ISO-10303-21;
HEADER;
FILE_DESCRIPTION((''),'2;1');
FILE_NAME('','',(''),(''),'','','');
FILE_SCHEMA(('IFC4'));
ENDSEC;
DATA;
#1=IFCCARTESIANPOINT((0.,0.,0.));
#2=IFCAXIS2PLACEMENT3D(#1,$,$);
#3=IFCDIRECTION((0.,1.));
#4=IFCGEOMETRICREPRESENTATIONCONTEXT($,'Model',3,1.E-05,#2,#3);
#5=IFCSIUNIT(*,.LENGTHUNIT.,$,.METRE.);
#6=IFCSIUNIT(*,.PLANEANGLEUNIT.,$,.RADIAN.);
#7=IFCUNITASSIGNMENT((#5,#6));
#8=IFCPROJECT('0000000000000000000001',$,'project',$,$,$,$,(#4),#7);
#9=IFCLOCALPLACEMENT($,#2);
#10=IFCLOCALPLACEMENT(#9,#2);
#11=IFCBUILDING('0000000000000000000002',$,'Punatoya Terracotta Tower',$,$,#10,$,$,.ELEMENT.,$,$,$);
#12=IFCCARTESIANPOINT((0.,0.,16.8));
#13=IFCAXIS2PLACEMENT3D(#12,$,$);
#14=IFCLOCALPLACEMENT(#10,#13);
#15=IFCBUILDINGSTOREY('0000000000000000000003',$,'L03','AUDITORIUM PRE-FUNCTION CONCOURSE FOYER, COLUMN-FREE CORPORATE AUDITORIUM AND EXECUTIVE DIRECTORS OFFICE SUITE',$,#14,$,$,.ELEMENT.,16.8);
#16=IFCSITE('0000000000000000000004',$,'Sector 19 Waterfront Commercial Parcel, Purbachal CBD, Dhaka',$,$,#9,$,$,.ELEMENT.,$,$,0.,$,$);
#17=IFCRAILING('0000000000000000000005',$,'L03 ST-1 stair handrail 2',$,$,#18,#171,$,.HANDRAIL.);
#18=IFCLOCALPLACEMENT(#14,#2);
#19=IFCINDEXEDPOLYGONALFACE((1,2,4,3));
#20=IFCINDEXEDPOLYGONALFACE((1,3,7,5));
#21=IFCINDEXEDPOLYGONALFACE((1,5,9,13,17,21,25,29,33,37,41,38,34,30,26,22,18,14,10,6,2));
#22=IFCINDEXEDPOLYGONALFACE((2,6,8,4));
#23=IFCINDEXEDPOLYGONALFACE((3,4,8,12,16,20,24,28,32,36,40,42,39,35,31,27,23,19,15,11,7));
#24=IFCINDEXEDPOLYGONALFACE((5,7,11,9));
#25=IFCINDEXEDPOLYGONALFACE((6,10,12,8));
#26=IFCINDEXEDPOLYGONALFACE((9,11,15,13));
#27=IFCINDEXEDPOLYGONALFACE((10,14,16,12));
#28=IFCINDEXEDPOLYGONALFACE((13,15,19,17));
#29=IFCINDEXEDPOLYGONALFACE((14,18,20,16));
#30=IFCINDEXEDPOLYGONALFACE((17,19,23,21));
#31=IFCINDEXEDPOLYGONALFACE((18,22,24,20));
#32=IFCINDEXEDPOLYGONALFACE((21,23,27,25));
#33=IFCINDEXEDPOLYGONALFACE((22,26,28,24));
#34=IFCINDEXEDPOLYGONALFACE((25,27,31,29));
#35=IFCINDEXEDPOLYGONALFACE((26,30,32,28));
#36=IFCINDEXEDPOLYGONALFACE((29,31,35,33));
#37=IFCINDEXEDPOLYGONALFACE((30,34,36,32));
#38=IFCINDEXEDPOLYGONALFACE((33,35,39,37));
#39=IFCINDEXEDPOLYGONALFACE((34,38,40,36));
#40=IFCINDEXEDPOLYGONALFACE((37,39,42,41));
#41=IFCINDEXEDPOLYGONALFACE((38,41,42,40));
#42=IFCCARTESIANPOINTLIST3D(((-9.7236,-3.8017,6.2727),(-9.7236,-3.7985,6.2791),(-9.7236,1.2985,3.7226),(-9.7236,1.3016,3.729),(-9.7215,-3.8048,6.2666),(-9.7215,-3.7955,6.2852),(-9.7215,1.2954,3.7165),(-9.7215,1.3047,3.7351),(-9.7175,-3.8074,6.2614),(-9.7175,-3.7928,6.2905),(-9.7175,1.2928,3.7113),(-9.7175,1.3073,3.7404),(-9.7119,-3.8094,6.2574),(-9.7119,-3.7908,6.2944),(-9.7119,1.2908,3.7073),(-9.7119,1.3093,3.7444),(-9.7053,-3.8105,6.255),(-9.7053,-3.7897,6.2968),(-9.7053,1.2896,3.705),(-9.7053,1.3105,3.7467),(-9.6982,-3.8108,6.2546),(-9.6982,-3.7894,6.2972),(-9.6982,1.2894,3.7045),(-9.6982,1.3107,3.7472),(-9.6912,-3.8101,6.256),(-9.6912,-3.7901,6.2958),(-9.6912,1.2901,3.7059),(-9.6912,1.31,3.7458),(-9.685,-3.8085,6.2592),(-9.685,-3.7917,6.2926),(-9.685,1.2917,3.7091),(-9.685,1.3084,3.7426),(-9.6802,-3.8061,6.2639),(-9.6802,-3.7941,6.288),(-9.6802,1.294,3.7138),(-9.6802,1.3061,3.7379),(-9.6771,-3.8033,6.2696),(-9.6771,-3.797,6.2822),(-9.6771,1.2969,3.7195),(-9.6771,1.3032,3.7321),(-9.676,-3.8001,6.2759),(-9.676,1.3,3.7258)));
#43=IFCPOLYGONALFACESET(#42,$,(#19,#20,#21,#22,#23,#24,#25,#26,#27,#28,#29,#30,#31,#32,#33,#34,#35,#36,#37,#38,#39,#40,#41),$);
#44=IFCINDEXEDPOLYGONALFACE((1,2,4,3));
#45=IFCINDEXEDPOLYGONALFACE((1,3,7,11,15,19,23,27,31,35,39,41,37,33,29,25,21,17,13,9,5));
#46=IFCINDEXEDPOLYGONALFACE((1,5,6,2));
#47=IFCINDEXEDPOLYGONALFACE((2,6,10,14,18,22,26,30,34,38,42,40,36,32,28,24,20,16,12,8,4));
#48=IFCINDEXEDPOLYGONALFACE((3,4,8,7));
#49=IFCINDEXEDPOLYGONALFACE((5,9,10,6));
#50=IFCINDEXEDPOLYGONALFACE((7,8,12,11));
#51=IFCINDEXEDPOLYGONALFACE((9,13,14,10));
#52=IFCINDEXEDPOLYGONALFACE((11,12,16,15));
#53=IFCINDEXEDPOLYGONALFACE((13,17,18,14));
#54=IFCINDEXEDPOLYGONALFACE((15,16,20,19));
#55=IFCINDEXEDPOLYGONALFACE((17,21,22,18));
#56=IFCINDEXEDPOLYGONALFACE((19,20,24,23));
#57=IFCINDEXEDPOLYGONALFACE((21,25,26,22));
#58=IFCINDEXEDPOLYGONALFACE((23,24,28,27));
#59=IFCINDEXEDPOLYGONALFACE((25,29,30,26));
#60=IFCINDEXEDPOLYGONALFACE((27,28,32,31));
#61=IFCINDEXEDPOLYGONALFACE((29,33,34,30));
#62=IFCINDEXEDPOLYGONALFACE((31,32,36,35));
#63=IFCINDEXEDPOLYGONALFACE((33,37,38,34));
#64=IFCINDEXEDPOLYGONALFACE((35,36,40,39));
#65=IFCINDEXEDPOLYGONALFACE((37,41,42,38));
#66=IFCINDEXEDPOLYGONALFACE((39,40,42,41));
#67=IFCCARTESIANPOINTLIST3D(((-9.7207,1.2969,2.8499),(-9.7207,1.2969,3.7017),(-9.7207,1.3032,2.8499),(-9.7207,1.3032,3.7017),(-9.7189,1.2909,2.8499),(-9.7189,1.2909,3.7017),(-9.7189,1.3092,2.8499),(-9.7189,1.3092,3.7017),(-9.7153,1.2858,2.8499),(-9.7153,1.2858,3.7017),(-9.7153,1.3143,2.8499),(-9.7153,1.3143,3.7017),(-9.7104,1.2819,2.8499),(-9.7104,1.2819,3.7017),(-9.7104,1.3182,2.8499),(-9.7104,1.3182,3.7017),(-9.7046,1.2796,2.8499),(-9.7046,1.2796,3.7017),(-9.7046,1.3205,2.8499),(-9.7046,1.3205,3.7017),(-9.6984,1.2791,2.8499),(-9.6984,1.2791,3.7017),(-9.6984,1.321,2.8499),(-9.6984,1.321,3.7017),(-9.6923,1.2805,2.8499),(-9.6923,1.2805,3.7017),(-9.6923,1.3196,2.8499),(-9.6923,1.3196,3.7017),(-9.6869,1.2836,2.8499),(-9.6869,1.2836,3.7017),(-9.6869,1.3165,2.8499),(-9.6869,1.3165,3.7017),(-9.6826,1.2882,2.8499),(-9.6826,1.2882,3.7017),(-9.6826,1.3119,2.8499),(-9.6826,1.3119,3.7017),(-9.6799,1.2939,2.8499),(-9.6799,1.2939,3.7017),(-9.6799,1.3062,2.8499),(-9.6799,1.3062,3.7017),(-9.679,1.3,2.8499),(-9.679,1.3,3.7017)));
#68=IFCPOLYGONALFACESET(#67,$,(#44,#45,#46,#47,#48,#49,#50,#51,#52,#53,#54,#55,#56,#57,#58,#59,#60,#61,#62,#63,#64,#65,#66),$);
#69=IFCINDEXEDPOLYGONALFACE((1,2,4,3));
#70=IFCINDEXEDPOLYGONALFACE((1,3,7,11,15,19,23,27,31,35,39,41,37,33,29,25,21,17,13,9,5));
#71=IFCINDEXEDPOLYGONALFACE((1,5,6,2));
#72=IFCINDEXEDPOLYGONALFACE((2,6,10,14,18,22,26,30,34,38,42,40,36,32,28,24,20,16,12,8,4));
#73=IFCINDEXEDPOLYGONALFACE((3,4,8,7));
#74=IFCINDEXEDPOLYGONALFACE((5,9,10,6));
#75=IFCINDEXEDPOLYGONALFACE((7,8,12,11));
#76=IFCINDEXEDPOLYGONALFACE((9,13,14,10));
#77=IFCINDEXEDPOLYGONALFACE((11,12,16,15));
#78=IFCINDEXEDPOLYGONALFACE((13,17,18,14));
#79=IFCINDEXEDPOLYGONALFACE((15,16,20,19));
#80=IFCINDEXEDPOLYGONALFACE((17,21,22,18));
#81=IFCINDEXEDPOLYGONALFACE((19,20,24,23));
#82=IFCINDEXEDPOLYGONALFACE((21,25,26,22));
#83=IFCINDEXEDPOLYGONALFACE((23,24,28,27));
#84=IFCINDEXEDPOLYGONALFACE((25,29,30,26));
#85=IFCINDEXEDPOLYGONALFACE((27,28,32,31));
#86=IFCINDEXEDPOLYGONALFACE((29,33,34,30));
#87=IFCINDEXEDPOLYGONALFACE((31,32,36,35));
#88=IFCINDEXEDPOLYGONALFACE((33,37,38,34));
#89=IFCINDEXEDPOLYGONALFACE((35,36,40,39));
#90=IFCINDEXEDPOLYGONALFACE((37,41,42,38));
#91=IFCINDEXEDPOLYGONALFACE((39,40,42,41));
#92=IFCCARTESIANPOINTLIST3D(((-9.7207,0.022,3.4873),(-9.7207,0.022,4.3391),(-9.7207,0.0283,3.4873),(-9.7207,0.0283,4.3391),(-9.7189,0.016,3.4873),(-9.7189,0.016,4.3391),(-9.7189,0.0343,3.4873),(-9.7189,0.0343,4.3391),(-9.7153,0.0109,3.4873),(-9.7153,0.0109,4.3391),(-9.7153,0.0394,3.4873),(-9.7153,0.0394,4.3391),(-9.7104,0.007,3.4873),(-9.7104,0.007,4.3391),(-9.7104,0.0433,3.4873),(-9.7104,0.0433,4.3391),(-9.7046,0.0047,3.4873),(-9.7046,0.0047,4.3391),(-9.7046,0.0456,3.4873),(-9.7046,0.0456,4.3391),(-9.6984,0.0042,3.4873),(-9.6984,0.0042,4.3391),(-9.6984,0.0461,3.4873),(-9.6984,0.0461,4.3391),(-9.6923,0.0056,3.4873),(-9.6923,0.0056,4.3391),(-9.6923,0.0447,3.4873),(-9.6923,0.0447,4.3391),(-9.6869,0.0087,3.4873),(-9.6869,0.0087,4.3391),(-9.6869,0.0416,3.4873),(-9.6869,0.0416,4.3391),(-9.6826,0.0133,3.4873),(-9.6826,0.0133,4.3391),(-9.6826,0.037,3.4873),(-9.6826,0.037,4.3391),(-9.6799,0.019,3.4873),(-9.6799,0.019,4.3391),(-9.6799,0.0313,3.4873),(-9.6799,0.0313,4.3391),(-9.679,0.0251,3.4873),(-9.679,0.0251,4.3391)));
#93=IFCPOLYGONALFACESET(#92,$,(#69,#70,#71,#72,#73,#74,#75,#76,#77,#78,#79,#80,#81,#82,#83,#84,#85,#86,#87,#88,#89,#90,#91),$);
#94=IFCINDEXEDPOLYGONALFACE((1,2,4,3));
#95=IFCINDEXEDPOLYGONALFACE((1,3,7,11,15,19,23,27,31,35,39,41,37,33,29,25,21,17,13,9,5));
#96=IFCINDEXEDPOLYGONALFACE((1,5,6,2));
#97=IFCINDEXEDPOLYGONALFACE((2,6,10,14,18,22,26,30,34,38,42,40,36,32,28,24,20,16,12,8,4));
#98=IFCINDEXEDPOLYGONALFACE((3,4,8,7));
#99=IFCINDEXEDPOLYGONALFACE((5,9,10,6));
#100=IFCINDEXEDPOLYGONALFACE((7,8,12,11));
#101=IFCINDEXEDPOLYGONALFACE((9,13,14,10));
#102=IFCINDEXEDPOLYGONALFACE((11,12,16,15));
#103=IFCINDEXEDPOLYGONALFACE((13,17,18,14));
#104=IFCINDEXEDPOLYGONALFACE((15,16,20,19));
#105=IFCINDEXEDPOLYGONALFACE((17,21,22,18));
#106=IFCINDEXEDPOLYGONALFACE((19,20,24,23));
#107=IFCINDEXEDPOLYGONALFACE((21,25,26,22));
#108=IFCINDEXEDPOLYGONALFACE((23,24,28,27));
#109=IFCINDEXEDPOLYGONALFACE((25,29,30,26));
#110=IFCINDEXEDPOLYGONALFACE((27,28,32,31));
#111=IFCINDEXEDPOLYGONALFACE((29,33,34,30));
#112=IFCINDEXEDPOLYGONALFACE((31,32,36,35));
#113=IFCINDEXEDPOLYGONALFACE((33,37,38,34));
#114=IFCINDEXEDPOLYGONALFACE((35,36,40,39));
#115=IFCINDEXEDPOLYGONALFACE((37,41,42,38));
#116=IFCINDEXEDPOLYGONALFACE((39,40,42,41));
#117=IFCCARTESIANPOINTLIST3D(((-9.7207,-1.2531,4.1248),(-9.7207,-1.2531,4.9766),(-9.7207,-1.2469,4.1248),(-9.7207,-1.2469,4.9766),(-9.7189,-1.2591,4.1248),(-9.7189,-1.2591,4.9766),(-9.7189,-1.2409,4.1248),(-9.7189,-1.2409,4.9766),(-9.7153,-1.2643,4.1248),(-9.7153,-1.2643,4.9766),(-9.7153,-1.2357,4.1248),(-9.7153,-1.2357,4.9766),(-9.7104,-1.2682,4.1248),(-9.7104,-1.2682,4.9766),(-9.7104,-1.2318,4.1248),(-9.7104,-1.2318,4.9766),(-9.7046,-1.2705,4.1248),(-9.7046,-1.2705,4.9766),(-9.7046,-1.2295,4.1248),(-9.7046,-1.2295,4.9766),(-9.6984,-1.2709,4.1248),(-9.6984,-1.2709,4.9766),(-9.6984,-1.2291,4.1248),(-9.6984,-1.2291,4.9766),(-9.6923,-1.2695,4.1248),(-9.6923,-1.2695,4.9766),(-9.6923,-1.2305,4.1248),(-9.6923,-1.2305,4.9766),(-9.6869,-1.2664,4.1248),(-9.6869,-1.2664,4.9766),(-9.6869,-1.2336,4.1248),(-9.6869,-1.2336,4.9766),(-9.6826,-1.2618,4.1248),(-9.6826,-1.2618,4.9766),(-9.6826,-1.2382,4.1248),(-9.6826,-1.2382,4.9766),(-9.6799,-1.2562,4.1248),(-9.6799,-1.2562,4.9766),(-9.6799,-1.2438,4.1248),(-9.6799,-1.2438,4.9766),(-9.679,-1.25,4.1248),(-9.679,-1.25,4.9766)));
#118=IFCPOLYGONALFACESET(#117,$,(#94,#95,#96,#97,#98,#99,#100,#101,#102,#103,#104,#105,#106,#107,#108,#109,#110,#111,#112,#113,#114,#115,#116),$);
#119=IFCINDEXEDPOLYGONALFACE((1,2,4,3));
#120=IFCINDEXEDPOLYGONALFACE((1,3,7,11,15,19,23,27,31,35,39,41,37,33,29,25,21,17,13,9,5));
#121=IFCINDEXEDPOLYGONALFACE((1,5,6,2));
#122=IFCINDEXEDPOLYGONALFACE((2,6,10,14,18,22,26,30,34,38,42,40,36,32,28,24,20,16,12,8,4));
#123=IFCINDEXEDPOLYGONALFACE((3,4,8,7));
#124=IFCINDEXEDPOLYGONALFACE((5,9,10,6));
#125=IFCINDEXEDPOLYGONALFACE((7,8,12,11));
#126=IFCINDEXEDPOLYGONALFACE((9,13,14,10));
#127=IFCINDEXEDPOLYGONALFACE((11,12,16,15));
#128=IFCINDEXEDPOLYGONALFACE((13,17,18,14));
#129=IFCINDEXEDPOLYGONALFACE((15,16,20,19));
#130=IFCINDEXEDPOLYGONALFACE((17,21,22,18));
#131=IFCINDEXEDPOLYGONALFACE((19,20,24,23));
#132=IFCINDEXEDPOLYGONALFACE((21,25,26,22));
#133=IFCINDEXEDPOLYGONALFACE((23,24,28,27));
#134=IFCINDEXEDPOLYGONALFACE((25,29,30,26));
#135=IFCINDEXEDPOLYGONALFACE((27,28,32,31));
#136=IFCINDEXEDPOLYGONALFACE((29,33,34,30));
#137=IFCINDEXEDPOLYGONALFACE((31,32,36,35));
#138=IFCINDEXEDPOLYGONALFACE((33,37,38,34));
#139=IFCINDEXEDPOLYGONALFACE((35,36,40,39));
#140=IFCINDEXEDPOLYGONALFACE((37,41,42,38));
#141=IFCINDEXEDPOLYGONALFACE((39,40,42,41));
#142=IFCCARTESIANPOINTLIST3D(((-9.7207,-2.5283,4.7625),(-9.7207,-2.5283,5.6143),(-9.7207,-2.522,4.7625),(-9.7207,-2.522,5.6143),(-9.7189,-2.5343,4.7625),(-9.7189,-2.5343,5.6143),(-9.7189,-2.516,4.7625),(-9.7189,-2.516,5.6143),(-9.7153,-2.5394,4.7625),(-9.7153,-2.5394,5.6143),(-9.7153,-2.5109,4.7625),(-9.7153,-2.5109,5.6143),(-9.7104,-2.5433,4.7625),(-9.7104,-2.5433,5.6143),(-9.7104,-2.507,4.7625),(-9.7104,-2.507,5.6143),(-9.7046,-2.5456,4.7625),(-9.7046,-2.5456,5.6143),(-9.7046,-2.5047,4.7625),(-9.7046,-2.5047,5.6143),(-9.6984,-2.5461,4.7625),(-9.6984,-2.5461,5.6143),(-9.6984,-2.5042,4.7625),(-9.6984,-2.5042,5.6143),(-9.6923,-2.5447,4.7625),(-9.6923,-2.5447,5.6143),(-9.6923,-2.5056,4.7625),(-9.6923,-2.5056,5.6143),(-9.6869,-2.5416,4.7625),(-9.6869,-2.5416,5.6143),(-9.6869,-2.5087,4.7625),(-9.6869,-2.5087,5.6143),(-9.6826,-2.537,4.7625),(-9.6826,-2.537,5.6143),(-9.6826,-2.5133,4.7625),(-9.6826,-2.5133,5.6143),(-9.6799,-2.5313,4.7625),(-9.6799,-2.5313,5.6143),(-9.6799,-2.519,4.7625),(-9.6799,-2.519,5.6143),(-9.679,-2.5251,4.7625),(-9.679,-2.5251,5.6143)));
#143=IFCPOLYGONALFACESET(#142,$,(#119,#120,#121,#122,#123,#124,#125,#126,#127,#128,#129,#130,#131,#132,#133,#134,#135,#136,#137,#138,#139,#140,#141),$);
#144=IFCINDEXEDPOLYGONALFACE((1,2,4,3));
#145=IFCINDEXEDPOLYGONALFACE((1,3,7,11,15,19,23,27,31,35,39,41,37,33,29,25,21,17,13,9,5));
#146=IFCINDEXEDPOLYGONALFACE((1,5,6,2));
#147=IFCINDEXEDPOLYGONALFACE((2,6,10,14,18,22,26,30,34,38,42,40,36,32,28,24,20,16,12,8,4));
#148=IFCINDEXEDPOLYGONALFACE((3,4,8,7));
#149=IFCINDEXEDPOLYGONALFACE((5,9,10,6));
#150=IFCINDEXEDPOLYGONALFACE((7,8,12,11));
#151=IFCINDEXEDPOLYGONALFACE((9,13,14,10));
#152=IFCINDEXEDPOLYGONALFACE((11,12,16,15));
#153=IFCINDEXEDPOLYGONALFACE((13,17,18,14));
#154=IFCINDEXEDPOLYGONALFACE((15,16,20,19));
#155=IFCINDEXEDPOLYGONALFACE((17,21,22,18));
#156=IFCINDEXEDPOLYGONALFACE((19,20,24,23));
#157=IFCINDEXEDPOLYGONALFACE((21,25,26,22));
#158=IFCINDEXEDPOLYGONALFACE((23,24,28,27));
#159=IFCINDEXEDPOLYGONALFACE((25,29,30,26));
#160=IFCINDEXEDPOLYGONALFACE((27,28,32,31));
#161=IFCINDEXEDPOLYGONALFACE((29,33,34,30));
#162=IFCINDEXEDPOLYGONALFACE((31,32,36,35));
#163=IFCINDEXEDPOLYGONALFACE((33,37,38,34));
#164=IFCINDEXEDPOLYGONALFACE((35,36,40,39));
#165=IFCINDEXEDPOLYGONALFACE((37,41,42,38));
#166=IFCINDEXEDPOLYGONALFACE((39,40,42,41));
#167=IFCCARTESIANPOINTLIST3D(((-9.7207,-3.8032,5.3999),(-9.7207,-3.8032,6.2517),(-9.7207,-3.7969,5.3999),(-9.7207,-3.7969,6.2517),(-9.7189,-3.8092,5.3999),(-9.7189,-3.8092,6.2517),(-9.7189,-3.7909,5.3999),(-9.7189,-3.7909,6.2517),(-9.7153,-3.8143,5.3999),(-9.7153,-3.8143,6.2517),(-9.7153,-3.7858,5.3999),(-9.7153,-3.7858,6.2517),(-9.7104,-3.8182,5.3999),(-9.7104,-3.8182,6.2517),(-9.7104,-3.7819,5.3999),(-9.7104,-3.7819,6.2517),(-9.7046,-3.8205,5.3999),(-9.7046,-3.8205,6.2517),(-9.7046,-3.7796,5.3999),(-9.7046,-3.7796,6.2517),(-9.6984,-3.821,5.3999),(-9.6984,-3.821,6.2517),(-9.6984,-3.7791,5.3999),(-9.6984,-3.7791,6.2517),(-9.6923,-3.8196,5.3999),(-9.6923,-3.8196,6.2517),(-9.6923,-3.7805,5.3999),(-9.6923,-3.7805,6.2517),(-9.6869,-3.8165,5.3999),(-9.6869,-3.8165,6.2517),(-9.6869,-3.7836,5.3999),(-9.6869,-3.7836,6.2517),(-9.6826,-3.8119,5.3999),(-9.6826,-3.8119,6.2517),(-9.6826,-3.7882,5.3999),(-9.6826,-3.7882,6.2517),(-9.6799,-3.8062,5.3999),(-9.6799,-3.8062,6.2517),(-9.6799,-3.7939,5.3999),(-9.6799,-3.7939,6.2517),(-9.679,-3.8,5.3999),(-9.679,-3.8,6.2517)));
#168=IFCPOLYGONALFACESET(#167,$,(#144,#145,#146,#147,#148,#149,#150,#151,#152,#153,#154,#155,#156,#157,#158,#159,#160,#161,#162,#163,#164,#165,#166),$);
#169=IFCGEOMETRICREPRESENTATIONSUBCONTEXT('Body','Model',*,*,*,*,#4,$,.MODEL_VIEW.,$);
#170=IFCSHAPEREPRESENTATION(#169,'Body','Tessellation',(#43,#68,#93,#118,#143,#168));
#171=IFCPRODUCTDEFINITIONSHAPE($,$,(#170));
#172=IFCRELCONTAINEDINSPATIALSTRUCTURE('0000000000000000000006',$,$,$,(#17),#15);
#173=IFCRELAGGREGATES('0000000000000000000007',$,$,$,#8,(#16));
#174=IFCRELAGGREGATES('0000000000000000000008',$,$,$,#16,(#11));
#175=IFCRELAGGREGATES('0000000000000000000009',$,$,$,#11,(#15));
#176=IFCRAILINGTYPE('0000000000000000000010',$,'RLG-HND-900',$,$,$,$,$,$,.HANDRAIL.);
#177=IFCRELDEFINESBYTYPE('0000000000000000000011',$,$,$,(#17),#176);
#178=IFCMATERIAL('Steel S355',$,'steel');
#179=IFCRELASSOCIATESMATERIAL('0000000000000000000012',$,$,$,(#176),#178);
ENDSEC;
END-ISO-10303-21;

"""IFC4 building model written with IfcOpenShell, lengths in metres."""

from ifc_helpers import new_model, si_unit, direction, frame, origin, origin_2d, place, context, subcontext, project, spatial, circle, extrude, material, type_object, element, save


model = new_model("IFC4")

# Units and contexts
model_context = context("Model", 3, precision=1e-05, world=origin(), true_north=direction((0.0, 1.0)))
body_context = subcontext(model_context, "Body", "Model", "MODEL_VIEW")
ifc_project = project(units=[si_unit("LENGTHUNIT", "METRE"), si_unit("PLANEANGLEUNIT", "RADIAN")], contexts=[model_context])

# Site, building, storey
site_placement = place(None, origin())
site = spatial("IfcSite", under=ifc_project, at=site_placement, Name="Sector 19 Waterfront Commercial Parcel, Purbachal CBD, Dhaka", CompositionType="ELEMENT", RefElevation=0.0)
building_placement = place(site_placement, origin())
building = spatial("IfcBuilding", under=site, at=building_placement, Name="Punatoya Terracotta Tower", CompositionType="ELEMENT")
storey_placement = place(building_placement, frame((0.0, 0.0, 16.8)))
storey = spatial("IfcBuildingStorey", under=building, at=storey_placement, Name="L03", Description="AUDITORIUM PRE-FUNCTION CONCOURSE FOYER, COLUMN-FREE CORPORATE AUDITORIUM AND EXECUTIVE DIRECTORS OFFICE SUITE", CompositionType="ELEMENT", Elevation=16.8)

# Shared definitions
ifc_material_1 = material(Name="Steel S355", Category="steel")

# Railing
railing_type_1 = type_object("IfcRailingType", Name="RLG-HND-900", PredefinedType="HANDRAIL", material=ifc_material_1)
railing_1_placement = place(storey_placement, frame((-9.7, 1.3, 2.8499)))
element("IfcRailing", 1, at=railing_1_placement, inside=storey, type_object=railing_type_1, Name="L03 ST-1 stair handrail 2", PredefinedType="HANDRAIL", context=body_context, shape_type="SweptSolid", body=[
    extrude(circle(Radius=0.0239, at=origin_2d()), frame((0.0, 0.0, 0.876), z_axis=(0.0, -0.894427, 0.447214), x_axis=(1.0, 0.0, 0.0)), (0.0, 0.0, 1.0), 5.7021),
    extrude(circle(Radius=0.021, at=origin_2d()), origin(), (0.0, 0.0, 1.0), 0.8518),
    extrude(circle(Radius=0.021, at=origin_2d()), frame((0.0, -1.2749, 0.6375)), (0.0, 0.0, 1.0), 0.8518),
    extrude(circle(Radius=0.021, at=origin_2d()), frame((0.0, -2.55, 1.2749)), (0.0, 0.0, 1.0), 0.8518),
    extrude(circle(Radius=0.021, at=origin_2d()), frame((0.0, -3.8252, 1.9126)), (0.0, 0.0, 1.0), 0.8518),
    extrude(circle(Radius=0.021, at=origin_2d()), frame((0.0, -5.1001, 2.55)), (0.0, 0.0, 1.0), 0.8518),
])

save(model, "model.ifc")
